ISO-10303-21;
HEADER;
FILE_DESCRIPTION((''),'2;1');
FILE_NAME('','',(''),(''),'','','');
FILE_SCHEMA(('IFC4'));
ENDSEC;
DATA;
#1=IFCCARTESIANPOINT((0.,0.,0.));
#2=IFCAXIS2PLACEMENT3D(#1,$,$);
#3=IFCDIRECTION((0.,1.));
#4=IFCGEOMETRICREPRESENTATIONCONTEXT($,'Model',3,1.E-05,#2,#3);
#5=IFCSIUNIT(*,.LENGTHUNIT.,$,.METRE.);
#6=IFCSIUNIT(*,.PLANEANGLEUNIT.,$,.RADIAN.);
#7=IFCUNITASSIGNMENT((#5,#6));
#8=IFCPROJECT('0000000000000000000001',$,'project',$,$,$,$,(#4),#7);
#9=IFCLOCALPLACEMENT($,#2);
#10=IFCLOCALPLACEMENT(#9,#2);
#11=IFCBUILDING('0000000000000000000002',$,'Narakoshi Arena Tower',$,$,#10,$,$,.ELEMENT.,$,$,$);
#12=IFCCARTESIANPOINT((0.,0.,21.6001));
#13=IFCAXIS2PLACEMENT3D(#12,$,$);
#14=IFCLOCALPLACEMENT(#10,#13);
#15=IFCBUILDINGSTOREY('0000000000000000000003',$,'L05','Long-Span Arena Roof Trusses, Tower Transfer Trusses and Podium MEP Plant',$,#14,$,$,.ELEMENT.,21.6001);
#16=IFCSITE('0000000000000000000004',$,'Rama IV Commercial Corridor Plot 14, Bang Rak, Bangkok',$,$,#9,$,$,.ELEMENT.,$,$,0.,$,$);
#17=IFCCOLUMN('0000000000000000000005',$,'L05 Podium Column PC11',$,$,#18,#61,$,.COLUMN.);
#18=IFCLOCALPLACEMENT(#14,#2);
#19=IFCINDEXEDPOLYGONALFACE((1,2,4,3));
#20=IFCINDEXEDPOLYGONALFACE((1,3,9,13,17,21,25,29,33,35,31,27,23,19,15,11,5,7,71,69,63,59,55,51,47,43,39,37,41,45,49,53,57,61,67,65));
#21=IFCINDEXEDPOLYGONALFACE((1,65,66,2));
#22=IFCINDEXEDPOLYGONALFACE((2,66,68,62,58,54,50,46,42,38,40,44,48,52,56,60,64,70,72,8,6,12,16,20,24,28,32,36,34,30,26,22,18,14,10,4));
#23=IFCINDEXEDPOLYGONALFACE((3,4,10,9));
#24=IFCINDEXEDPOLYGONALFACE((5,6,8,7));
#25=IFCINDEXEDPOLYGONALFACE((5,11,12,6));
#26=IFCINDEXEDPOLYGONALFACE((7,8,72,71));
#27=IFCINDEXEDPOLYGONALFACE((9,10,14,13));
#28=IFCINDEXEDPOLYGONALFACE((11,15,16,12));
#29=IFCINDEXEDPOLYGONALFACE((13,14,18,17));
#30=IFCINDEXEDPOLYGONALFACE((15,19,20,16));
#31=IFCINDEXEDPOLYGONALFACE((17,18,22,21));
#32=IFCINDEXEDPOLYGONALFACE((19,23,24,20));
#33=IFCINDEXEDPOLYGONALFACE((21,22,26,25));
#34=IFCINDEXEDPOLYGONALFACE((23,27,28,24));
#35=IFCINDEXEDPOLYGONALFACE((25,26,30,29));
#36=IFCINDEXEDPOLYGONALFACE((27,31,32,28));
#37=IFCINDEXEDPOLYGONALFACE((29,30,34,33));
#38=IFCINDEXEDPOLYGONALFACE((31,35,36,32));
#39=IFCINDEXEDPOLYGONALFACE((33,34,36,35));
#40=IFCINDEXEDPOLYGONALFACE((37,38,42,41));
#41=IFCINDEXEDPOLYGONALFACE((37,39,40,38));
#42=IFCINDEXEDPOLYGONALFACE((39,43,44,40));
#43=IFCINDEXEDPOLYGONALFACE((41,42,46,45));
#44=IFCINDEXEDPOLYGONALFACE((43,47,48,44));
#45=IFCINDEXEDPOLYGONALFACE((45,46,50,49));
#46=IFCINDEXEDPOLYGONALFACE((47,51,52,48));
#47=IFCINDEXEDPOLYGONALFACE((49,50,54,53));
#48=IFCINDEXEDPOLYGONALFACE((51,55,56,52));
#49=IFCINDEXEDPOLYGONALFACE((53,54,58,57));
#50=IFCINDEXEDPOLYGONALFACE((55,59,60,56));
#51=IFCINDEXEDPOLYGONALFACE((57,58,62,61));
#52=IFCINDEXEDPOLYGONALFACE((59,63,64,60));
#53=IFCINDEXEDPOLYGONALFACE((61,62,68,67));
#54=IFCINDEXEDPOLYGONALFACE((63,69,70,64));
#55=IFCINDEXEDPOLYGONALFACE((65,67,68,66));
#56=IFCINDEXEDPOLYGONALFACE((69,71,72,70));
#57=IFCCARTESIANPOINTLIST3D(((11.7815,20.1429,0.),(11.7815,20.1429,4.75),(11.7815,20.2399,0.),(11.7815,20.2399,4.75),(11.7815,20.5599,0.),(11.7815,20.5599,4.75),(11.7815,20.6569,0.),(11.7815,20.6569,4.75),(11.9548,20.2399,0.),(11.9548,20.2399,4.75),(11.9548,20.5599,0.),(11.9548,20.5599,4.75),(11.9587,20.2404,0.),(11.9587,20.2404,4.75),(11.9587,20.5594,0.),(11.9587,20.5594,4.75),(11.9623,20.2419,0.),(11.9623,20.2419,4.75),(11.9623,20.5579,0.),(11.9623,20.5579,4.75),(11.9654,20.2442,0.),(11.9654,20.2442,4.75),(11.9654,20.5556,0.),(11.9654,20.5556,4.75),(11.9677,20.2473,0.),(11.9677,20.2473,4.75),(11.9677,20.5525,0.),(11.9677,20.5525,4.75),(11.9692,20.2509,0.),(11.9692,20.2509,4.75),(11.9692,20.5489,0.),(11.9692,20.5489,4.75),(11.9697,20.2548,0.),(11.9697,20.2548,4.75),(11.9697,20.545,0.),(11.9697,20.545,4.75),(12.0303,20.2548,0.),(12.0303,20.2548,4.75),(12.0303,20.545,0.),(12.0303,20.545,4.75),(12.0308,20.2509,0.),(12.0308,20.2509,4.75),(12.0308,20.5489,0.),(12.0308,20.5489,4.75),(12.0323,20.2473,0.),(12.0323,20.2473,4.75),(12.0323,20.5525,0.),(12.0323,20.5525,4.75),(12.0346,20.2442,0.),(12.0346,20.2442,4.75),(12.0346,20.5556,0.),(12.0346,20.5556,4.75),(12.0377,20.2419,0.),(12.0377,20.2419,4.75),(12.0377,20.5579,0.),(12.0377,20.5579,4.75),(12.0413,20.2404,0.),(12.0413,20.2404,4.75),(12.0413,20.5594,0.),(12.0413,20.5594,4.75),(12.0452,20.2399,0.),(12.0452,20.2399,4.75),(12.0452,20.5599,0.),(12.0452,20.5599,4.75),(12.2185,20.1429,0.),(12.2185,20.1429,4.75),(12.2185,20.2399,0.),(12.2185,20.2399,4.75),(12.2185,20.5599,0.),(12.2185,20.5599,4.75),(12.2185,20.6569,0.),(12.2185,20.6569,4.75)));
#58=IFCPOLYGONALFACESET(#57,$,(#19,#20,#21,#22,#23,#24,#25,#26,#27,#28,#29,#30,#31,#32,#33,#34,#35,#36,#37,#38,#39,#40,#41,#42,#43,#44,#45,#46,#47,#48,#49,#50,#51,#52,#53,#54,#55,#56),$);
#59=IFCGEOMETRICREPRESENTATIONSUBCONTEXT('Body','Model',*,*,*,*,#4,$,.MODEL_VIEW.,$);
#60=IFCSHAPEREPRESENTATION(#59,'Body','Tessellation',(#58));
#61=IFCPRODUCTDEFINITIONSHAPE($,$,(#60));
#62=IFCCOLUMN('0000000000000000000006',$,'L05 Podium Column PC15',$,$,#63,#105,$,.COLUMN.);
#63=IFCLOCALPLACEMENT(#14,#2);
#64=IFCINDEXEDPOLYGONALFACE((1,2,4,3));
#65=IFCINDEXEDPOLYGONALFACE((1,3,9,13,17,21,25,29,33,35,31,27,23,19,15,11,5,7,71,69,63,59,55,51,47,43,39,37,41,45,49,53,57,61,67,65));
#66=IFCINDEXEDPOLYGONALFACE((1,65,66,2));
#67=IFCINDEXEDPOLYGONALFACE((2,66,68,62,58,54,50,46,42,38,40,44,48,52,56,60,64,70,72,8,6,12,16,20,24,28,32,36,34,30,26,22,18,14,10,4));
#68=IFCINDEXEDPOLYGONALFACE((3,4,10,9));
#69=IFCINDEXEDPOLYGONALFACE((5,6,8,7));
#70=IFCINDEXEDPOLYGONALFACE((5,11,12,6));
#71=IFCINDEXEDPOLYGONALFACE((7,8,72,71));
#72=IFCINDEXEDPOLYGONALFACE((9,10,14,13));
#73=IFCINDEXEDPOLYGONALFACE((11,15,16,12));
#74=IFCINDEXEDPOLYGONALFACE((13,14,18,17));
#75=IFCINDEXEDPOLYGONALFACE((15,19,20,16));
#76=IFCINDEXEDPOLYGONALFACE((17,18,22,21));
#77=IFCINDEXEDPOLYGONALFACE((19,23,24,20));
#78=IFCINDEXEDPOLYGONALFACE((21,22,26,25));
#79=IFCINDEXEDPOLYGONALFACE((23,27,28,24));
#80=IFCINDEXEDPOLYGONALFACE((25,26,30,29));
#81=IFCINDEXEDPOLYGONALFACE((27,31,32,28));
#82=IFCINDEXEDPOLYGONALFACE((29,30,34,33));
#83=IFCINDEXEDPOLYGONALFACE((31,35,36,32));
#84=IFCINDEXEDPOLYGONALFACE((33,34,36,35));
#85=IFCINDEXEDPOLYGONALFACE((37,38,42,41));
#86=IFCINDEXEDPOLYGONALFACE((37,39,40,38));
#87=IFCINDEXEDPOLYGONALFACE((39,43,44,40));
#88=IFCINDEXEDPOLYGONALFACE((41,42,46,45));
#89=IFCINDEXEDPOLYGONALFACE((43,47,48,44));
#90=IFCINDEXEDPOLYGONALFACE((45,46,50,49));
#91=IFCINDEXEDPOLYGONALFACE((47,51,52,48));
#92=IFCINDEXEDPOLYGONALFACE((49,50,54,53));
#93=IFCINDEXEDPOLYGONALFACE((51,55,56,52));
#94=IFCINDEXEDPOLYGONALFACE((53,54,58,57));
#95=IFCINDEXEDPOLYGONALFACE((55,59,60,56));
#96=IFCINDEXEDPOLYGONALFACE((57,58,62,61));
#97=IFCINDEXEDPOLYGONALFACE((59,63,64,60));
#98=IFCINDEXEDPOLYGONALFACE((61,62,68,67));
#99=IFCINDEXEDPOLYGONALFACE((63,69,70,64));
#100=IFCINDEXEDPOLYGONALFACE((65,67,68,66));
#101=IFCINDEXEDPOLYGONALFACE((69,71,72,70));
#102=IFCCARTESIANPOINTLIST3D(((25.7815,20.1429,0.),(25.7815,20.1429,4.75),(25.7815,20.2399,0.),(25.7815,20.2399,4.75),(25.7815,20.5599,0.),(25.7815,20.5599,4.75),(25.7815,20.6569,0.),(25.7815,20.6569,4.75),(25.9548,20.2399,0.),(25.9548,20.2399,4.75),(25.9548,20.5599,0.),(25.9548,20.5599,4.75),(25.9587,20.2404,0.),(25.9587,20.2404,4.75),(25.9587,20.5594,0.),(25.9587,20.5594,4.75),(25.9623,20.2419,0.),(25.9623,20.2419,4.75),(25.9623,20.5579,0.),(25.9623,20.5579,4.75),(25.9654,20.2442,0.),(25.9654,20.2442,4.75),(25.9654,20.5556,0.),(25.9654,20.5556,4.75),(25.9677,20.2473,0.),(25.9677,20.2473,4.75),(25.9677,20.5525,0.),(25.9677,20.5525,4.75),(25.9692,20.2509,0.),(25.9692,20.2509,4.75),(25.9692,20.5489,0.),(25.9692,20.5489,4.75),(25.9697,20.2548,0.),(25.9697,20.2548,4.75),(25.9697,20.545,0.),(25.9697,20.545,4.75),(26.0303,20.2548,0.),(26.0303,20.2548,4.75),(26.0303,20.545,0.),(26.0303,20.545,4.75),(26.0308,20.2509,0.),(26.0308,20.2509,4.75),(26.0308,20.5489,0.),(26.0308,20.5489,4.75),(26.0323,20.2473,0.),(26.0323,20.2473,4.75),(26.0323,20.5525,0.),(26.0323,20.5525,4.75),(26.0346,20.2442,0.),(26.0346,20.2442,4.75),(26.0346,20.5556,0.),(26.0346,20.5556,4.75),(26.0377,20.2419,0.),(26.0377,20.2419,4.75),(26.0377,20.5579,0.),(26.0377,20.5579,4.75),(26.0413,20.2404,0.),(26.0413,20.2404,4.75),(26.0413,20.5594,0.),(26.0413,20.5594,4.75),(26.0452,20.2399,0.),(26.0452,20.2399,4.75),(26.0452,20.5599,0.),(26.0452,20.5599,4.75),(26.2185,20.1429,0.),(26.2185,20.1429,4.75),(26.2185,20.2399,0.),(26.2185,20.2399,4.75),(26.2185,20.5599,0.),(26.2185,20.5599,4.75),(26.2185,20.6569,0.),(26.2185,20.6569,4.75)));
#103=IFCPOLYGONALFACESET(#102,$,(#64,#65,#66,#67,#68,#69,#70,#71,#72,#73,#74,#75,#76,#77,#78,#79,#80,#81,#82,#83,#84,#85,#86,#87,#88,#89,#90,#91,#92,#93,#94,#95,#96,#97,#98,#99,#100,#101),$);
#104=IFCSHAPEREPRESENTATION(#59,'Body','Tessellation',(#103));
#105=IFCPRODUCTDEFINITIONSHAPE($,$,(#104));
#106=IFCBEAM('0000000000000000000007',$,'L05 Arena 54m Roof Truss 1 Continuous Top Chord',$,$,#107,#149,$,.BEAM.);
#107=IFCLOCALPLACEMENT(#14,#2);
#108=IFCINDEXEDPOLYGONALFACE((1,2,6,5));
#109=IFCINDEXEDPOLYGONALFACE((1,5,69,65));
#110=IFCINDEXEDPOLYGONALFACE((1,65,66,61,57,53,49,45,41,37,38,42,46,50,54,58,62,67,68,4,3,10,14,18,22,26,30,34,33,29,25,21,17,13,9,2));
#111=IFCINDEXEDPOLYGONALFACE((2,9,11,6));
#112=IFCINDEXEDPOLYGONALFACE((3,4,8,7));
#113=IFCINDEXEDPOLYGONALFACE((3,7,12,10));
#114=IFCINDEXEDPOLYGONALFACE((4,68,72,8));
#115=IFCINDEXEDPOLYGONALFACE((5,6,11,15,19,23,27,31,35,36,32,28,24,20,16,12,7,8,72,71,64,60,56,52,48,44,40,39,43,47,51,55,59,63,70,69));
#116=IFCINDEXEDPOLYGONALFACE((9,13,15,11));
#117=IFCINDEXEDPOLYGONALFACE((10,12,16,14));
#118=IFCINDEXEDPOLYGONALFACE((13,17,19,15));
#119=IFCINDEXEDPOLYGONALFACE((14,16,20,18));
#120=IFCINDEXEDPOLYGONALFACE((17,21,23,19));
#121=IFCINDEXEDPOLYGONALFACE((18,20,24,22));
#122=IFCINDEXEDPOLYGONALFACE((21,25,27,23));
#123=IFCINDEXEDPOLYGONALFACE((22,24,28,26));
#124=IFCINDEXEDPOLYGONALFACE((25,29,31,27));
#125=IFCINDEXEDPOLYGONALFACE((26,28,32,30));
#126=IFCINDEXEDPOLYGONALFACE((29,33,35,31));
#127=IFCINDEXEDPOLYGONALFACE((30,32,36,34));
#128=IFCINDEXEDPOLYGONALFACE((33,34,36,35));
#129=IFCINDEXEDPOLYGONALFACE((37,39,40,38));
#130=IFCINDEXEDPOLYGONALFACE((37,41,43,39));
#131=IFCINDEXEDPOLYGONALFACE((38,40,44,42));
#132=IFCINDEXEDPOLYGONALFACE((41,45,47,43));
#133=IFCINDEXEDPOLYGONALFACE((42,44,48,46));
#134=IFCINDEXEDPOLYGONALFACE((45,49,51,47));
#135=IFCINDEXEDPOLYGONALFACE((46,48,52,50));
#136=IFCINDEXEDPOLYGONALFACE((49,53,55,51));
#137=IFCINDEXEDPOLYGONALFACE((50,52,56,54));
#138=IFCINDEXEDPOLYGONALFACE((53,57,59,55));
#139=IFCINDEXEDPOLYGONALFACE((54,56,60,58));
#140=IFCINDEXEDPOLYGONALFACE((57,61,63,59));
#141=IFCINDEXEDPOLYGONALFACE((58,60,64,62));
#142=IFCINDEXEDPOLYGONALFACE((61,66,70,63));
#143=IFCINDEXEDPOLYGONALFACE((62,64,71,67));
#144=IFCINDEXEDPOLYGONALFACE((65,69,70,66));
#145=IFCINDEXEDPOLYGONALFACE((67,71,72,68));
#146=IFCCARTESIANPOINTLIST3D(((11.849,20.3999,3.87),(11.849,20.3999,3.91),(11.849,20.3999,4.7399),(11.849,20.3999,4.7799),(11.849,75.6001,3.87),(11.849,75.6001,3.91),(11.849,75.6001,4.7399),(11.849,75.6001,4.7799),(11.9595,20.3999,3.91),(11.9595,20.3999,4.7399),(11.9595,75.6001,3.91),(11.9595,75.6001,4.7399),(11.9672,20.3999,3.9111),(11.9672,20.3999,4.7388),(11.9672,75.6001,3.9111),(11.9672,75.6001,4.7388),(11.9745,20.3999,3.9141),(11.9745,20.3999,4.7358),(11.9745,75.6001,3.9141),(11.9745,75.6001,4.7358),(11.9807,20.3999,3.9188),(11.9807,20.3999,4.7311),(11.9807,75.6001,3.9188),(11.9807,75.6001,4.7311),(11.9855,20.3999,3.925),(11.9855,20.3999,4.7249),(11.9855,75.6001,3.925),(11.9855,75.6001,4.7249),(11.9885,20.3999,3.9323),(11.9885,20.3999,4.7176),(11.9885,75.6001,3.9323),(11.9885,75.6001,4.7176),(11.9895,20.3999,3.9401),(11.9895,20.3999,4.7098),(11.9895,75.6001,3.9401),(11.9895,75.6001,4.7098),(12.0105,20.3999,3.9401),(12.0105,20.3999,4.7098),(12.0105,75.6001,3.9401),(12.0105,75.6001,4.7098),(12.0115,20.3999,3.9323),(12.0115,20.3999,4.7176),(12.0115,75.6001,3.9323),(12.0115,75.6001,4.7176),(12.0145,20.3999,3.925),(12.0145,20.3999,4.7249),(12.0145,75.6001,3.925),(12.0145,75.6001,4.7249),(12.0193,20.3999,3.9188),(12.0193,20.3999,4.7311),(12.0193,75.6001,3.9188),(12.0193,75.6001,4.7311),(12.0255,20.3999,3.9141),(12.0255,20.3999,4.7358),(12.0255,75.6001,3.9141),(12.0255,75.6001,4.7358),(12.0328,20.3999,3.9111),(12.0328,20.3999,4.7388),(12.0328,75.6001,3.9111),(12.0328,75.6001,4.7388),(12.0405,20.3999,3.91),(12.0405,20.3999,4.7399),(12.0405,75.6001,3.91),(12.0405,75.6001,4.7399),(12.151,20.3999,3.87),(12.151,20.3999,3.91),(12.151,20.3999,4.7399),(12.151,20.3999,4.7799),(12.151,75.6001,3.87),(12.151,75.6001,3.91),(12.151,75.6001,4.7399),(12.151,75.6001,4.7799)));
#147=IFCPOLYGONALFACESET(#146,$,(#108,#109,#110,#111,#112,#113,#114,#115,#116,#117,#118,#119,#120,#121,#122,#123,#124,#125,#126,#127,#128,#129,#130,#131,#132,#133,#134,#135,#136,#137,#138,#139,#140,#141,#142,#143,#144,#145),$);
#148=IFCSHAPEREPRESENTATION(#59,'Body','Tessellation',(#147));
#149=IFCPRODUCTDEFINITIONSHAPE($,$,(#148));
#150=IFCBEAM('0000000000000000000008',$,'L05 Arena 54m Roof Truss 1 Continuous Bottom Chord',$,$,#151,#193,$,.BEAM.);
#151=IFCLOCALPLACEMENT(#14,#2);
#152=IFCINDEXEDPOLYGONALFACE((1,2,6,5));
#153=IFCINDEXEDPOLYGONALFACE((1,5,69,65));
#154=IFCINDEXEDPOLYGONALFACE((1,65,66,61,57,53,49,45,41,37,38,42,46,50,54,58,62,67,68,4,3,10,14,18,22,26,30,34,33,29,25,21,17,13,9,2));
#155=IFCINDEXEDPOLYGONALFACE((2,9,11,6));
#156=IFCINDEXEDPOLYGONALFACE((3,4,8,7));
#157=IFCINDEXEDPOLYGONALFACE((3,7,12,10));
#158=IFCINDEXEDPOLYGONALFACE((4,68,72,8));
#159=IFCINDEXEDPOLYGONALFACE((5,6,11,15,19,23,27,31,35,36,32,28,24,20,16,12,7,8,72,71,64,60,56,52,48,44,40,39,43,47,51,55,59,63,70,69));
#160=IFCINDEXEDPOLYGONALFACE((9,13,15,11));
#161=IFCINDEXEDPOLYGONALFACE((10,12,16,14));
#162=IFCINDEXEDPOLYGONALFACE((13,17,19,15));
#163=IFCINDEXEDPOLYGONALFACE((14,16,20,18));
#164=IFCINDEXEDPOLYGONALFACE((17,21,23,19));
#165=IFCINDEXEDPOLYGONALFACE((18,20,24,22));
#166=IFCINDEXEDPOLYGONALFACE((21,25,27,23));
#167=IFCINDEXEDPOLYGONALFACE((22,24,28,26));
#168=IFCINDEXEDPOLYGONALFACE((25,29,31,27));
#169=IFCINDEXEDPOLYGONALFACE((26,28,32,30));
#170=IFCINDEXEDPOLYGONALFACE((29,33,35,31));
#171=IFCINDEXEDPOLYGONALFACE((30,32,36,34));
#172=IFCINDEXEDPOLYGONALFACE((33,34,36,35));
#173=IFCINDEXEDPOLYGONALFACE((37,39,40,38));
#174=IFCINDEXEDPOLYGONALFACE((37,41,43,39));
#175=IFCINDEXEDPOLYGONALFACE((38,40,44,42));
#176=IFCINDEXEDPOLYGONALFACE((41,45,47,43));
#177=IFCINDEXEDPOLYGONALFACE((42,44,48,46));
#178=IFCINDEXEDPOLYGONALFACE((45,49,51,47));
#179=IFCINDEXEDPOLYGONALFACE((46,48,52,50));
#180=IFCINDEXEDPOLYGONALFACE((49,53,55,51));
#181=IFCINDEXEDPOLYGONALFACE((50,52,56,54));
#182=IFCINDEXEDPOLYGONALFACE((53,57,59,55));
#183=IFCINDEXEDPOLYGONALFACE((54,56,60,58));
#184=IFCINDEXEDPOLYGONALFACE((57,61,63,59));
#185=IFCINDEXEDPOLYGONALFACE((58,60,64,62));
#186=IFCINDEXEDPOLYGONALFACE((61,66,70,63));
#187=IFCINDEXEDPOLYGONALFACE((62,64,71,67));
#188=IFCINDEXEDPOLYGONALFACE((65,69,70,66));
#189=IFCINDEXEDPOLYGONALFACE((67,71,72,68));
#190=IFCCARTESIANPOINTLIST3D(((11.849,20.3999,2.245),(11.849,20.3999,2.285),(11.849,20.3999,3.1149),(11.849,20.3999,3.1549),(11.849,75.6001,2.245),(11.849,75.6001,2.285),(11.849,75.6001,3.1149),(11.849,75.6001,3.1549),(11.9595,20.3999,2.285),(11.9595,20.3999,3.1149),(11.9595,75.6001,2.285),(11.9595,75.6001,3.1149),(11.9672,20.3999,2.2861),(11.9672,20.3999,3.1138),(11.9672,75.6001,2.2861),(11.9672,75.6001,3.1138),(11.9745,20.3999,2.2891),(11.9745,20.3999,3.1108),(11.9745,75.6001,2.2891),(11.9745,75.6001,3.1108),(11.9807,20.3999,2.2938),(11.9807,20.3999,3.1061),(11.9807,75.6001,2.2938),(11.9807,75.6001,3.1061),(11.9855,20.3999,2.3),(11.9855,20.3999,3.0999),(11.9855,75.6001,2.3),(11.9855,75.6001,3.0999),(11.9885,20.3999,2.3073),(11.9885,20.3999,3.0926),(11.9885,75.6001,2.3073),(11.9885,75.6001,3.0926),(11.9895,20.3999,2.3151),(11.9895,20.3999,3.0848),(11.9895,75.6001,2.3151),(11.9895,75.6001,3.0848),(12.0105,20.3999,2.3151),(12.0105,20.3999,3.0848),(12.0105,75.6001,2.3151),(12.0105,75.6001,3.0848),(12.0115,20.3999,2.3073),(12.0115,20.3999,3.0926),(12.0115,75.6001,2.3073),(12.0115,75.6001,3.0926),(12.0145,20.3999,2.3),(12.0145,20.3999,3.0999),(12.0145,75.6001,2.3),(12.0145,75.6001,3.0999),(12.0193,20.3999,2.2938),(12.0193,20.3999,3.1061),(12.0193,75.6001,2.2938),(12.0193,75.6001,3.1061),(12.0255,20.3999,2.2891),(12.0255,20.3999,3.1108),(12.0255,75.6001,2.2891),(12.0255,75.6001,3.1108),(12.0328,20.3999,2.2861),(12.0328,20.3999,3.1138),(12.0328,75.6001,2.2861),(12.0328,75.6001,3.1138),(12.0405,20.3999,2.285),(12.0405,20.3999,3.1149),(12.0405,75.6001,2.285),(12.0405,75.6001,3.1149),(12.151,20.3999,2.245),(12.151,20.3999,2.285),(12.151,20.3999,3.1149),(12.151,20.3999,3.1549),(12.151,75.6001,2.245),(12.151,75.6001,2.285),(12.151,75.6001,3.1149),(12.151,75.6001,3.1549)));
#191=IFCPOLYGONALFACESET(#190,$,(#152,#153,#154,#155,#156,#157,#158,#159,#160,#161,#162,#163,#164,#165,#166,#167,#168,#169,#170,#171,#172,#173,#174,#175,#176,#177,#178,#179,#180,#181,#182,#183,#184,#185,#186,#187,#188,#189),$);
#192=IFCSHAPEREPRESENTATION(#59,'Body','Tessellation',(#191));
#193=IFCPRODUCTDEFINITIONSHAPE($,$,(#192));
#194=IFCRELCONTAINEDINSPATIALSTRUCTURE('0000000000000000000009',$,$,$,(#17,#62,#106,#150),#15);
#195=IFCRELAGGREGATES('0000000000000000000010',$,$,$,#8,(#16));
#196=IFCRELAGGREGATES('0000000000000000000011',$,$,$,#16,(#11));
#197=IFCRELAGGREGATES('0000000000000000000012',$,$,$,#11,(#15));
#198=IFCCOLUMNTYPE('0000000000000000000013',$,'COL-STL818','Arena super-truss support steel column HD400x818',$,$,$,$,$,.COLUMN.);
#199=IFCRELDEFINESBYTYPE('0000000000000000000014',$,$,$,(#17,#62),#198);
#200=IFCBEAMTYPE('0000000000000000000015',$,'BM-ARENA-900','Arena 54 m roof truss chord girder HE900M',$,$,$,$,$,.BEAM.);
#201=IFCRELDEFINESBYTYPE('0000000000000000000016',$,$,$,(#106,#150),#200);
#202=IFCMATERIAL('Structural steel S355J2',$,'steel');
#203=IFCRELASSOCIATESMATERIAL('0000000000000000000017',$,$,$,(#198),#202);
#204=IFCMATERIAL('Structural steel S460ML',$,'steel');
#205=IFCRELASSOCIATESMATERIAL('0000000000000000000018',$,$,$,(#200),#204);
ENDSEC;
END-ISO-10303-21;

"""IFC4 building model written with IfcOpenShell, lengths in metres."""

from ifc_helpers import new_model, si_unit, direction, frame, origin, origin_2d, place, context, subcontext, project, spatial, i_section, extrude, material, material_profile, profile_set, type_object, element, save


model = new_model("IFC4")

# Units and contexts
model_context = context("Model", 3, precision=1e-05, world=origin(), true_north=direction((0.0, 1.0)))
body_context = subcontext(model_context, "Body", "Model", "MODEL_VIEW")
ifc_project = project(units=[si_unit("LENGTHUNIT", "METRE"), si_unit("PLANEANGLEUNIT", "RADIAN")], contexts=[model_context])

# Site, building, storey
site_placement = place(None, origin())
site = spatial("IfcSite", under=ifc_project, at=site_placement, Name="Rama IV Commercial Corridor Plot 14, Bang Rak, Bangkok", CompositionType="ELEMENT", RefElevation=0.0)
building_placement = place(site_placement, origin())
building = spatial("IfcBuilding", under=site, at=building_placement, Name="Narakoshi Arena Tower", CompositionType="ELEMENT")
storey_placement = place(building_placement, frame((0.0, 0.0, 21.6001)))
storey = spatial("IfcBuildingStorey", under=building, at=storey_placement, Name="L05", Description="Long-Span Arena Roof Trusses, Tower Transfer Trusses and Podium MEP Plant", CompositionType="ELEMENT", Elevation=21.6001)

# Columns
ifc_material_1 = material(Name="Structural steel S355J2", Category="steel")
ifc_material_profile_1 = material_profile(ifc_material_1, i_section(OverallWidth=0.437, OverallDepth=0.5139, WebThickness=0.0605, FlangeThickness=0.0969, FilletRadius=0.0149, at=origin_2d()), Name="HD400x818")
ifc_profile_set_1 = profile_set([ifc_material_profile_1], Name="Structural steel S355J2")
column_type = type_object("IfcColumnType", Name="COL-STL818", Description="Arena super-truss support steel column HD400x818", PredefinedType="COLUMN", material=ifc_profile_set_1)
for number, where, z_axis, x_axis, name in (
    (1, (12.0, 20.3999, 0.0), (0.0, 0.0, 1.0), (1.0, 0.0, 0.0), "L05 Podium Column PC11"),
    (2, (26.0, 20.3999, 0.0), (0.0, 0.0, 1.0), (1.0, 0.0, 0.0), "L05 Podium Column PC15"),
):
    element("IfcColumn", number, at=place(storey_placement, frame(where, z_axis=z_axis, x_axis=x_axis)), inside=storey, type_object=column_type, Name=name, PredefinedType="COLUMN", context=body_context, shape_type="SweptSolid", body=[
        extrude(i_section(OverallWidth=0.437, OverallDepth=0.5139, WebThickness=0.0605, FlangeThickness=0.0969, FilletRadius=0.0149, at=origin_2d()), origin(), (0.0, 0.0, 1.0), 4.75),
    ])

# Beams
ifc_material_2 = material(Name="Structural steel S460ML", Category="steel")
ifc_material_profile_2 = material_profile(ifc_material_2, i_section(OverallWidth=0.302, OverallDepth=0.9099, WebThickness=0.021, FlangeThickness=0.04, FilletRadius=0.03, at=origin_2d()), Name="HE900M")
ifc_profile_set_2 = profile_set([ifc_material_profile_2], Name="Structural steel S460ML")
beam_type_1 = type_object("IfcBeamType", Name="BM-ARENA-900", Description="Arena 54 m roof truss chord girder HE900M", PredefinedType="BEAM", material=ifc_profile_set_2)
for number, where, z_axis, x_axis, name in (
    (3, (12.0, 20.3999, 4.325), (0.0, 1.0, 0.0), (-1.0, 0.0, 0.0), "L05 Arena 54m Roof Truss 1 Continuous Top Chord"),
    (4, (12.0, 20.3999, 2.7), (0.0, 1.0, 0.0), (-1.0, 0.0, 0.0), "L05 Arena 54m Roof Truss 1 Continuous Bottom Chord"),
):
    element("IfcBeam", number, at=place(storey_placement, frame(where, z_axis=z_axis, x_axis=x_axis)), inside=storey, type_object=beam_type_1, Name=name, PredefinedType="BEAM", context=body_context, shape_type="SweptSolid", body=[
        extrude(i_section(OverallWidth=0.302, OverallDepth=0.9099, WebThickness=0.021, FlangeThickness=0.04, FilletRadius=0.03, at=origin_2d()), origin(), (0.0, 0.0, 1.0), 55.2002),
    ])

save(model, "model.ifc")
